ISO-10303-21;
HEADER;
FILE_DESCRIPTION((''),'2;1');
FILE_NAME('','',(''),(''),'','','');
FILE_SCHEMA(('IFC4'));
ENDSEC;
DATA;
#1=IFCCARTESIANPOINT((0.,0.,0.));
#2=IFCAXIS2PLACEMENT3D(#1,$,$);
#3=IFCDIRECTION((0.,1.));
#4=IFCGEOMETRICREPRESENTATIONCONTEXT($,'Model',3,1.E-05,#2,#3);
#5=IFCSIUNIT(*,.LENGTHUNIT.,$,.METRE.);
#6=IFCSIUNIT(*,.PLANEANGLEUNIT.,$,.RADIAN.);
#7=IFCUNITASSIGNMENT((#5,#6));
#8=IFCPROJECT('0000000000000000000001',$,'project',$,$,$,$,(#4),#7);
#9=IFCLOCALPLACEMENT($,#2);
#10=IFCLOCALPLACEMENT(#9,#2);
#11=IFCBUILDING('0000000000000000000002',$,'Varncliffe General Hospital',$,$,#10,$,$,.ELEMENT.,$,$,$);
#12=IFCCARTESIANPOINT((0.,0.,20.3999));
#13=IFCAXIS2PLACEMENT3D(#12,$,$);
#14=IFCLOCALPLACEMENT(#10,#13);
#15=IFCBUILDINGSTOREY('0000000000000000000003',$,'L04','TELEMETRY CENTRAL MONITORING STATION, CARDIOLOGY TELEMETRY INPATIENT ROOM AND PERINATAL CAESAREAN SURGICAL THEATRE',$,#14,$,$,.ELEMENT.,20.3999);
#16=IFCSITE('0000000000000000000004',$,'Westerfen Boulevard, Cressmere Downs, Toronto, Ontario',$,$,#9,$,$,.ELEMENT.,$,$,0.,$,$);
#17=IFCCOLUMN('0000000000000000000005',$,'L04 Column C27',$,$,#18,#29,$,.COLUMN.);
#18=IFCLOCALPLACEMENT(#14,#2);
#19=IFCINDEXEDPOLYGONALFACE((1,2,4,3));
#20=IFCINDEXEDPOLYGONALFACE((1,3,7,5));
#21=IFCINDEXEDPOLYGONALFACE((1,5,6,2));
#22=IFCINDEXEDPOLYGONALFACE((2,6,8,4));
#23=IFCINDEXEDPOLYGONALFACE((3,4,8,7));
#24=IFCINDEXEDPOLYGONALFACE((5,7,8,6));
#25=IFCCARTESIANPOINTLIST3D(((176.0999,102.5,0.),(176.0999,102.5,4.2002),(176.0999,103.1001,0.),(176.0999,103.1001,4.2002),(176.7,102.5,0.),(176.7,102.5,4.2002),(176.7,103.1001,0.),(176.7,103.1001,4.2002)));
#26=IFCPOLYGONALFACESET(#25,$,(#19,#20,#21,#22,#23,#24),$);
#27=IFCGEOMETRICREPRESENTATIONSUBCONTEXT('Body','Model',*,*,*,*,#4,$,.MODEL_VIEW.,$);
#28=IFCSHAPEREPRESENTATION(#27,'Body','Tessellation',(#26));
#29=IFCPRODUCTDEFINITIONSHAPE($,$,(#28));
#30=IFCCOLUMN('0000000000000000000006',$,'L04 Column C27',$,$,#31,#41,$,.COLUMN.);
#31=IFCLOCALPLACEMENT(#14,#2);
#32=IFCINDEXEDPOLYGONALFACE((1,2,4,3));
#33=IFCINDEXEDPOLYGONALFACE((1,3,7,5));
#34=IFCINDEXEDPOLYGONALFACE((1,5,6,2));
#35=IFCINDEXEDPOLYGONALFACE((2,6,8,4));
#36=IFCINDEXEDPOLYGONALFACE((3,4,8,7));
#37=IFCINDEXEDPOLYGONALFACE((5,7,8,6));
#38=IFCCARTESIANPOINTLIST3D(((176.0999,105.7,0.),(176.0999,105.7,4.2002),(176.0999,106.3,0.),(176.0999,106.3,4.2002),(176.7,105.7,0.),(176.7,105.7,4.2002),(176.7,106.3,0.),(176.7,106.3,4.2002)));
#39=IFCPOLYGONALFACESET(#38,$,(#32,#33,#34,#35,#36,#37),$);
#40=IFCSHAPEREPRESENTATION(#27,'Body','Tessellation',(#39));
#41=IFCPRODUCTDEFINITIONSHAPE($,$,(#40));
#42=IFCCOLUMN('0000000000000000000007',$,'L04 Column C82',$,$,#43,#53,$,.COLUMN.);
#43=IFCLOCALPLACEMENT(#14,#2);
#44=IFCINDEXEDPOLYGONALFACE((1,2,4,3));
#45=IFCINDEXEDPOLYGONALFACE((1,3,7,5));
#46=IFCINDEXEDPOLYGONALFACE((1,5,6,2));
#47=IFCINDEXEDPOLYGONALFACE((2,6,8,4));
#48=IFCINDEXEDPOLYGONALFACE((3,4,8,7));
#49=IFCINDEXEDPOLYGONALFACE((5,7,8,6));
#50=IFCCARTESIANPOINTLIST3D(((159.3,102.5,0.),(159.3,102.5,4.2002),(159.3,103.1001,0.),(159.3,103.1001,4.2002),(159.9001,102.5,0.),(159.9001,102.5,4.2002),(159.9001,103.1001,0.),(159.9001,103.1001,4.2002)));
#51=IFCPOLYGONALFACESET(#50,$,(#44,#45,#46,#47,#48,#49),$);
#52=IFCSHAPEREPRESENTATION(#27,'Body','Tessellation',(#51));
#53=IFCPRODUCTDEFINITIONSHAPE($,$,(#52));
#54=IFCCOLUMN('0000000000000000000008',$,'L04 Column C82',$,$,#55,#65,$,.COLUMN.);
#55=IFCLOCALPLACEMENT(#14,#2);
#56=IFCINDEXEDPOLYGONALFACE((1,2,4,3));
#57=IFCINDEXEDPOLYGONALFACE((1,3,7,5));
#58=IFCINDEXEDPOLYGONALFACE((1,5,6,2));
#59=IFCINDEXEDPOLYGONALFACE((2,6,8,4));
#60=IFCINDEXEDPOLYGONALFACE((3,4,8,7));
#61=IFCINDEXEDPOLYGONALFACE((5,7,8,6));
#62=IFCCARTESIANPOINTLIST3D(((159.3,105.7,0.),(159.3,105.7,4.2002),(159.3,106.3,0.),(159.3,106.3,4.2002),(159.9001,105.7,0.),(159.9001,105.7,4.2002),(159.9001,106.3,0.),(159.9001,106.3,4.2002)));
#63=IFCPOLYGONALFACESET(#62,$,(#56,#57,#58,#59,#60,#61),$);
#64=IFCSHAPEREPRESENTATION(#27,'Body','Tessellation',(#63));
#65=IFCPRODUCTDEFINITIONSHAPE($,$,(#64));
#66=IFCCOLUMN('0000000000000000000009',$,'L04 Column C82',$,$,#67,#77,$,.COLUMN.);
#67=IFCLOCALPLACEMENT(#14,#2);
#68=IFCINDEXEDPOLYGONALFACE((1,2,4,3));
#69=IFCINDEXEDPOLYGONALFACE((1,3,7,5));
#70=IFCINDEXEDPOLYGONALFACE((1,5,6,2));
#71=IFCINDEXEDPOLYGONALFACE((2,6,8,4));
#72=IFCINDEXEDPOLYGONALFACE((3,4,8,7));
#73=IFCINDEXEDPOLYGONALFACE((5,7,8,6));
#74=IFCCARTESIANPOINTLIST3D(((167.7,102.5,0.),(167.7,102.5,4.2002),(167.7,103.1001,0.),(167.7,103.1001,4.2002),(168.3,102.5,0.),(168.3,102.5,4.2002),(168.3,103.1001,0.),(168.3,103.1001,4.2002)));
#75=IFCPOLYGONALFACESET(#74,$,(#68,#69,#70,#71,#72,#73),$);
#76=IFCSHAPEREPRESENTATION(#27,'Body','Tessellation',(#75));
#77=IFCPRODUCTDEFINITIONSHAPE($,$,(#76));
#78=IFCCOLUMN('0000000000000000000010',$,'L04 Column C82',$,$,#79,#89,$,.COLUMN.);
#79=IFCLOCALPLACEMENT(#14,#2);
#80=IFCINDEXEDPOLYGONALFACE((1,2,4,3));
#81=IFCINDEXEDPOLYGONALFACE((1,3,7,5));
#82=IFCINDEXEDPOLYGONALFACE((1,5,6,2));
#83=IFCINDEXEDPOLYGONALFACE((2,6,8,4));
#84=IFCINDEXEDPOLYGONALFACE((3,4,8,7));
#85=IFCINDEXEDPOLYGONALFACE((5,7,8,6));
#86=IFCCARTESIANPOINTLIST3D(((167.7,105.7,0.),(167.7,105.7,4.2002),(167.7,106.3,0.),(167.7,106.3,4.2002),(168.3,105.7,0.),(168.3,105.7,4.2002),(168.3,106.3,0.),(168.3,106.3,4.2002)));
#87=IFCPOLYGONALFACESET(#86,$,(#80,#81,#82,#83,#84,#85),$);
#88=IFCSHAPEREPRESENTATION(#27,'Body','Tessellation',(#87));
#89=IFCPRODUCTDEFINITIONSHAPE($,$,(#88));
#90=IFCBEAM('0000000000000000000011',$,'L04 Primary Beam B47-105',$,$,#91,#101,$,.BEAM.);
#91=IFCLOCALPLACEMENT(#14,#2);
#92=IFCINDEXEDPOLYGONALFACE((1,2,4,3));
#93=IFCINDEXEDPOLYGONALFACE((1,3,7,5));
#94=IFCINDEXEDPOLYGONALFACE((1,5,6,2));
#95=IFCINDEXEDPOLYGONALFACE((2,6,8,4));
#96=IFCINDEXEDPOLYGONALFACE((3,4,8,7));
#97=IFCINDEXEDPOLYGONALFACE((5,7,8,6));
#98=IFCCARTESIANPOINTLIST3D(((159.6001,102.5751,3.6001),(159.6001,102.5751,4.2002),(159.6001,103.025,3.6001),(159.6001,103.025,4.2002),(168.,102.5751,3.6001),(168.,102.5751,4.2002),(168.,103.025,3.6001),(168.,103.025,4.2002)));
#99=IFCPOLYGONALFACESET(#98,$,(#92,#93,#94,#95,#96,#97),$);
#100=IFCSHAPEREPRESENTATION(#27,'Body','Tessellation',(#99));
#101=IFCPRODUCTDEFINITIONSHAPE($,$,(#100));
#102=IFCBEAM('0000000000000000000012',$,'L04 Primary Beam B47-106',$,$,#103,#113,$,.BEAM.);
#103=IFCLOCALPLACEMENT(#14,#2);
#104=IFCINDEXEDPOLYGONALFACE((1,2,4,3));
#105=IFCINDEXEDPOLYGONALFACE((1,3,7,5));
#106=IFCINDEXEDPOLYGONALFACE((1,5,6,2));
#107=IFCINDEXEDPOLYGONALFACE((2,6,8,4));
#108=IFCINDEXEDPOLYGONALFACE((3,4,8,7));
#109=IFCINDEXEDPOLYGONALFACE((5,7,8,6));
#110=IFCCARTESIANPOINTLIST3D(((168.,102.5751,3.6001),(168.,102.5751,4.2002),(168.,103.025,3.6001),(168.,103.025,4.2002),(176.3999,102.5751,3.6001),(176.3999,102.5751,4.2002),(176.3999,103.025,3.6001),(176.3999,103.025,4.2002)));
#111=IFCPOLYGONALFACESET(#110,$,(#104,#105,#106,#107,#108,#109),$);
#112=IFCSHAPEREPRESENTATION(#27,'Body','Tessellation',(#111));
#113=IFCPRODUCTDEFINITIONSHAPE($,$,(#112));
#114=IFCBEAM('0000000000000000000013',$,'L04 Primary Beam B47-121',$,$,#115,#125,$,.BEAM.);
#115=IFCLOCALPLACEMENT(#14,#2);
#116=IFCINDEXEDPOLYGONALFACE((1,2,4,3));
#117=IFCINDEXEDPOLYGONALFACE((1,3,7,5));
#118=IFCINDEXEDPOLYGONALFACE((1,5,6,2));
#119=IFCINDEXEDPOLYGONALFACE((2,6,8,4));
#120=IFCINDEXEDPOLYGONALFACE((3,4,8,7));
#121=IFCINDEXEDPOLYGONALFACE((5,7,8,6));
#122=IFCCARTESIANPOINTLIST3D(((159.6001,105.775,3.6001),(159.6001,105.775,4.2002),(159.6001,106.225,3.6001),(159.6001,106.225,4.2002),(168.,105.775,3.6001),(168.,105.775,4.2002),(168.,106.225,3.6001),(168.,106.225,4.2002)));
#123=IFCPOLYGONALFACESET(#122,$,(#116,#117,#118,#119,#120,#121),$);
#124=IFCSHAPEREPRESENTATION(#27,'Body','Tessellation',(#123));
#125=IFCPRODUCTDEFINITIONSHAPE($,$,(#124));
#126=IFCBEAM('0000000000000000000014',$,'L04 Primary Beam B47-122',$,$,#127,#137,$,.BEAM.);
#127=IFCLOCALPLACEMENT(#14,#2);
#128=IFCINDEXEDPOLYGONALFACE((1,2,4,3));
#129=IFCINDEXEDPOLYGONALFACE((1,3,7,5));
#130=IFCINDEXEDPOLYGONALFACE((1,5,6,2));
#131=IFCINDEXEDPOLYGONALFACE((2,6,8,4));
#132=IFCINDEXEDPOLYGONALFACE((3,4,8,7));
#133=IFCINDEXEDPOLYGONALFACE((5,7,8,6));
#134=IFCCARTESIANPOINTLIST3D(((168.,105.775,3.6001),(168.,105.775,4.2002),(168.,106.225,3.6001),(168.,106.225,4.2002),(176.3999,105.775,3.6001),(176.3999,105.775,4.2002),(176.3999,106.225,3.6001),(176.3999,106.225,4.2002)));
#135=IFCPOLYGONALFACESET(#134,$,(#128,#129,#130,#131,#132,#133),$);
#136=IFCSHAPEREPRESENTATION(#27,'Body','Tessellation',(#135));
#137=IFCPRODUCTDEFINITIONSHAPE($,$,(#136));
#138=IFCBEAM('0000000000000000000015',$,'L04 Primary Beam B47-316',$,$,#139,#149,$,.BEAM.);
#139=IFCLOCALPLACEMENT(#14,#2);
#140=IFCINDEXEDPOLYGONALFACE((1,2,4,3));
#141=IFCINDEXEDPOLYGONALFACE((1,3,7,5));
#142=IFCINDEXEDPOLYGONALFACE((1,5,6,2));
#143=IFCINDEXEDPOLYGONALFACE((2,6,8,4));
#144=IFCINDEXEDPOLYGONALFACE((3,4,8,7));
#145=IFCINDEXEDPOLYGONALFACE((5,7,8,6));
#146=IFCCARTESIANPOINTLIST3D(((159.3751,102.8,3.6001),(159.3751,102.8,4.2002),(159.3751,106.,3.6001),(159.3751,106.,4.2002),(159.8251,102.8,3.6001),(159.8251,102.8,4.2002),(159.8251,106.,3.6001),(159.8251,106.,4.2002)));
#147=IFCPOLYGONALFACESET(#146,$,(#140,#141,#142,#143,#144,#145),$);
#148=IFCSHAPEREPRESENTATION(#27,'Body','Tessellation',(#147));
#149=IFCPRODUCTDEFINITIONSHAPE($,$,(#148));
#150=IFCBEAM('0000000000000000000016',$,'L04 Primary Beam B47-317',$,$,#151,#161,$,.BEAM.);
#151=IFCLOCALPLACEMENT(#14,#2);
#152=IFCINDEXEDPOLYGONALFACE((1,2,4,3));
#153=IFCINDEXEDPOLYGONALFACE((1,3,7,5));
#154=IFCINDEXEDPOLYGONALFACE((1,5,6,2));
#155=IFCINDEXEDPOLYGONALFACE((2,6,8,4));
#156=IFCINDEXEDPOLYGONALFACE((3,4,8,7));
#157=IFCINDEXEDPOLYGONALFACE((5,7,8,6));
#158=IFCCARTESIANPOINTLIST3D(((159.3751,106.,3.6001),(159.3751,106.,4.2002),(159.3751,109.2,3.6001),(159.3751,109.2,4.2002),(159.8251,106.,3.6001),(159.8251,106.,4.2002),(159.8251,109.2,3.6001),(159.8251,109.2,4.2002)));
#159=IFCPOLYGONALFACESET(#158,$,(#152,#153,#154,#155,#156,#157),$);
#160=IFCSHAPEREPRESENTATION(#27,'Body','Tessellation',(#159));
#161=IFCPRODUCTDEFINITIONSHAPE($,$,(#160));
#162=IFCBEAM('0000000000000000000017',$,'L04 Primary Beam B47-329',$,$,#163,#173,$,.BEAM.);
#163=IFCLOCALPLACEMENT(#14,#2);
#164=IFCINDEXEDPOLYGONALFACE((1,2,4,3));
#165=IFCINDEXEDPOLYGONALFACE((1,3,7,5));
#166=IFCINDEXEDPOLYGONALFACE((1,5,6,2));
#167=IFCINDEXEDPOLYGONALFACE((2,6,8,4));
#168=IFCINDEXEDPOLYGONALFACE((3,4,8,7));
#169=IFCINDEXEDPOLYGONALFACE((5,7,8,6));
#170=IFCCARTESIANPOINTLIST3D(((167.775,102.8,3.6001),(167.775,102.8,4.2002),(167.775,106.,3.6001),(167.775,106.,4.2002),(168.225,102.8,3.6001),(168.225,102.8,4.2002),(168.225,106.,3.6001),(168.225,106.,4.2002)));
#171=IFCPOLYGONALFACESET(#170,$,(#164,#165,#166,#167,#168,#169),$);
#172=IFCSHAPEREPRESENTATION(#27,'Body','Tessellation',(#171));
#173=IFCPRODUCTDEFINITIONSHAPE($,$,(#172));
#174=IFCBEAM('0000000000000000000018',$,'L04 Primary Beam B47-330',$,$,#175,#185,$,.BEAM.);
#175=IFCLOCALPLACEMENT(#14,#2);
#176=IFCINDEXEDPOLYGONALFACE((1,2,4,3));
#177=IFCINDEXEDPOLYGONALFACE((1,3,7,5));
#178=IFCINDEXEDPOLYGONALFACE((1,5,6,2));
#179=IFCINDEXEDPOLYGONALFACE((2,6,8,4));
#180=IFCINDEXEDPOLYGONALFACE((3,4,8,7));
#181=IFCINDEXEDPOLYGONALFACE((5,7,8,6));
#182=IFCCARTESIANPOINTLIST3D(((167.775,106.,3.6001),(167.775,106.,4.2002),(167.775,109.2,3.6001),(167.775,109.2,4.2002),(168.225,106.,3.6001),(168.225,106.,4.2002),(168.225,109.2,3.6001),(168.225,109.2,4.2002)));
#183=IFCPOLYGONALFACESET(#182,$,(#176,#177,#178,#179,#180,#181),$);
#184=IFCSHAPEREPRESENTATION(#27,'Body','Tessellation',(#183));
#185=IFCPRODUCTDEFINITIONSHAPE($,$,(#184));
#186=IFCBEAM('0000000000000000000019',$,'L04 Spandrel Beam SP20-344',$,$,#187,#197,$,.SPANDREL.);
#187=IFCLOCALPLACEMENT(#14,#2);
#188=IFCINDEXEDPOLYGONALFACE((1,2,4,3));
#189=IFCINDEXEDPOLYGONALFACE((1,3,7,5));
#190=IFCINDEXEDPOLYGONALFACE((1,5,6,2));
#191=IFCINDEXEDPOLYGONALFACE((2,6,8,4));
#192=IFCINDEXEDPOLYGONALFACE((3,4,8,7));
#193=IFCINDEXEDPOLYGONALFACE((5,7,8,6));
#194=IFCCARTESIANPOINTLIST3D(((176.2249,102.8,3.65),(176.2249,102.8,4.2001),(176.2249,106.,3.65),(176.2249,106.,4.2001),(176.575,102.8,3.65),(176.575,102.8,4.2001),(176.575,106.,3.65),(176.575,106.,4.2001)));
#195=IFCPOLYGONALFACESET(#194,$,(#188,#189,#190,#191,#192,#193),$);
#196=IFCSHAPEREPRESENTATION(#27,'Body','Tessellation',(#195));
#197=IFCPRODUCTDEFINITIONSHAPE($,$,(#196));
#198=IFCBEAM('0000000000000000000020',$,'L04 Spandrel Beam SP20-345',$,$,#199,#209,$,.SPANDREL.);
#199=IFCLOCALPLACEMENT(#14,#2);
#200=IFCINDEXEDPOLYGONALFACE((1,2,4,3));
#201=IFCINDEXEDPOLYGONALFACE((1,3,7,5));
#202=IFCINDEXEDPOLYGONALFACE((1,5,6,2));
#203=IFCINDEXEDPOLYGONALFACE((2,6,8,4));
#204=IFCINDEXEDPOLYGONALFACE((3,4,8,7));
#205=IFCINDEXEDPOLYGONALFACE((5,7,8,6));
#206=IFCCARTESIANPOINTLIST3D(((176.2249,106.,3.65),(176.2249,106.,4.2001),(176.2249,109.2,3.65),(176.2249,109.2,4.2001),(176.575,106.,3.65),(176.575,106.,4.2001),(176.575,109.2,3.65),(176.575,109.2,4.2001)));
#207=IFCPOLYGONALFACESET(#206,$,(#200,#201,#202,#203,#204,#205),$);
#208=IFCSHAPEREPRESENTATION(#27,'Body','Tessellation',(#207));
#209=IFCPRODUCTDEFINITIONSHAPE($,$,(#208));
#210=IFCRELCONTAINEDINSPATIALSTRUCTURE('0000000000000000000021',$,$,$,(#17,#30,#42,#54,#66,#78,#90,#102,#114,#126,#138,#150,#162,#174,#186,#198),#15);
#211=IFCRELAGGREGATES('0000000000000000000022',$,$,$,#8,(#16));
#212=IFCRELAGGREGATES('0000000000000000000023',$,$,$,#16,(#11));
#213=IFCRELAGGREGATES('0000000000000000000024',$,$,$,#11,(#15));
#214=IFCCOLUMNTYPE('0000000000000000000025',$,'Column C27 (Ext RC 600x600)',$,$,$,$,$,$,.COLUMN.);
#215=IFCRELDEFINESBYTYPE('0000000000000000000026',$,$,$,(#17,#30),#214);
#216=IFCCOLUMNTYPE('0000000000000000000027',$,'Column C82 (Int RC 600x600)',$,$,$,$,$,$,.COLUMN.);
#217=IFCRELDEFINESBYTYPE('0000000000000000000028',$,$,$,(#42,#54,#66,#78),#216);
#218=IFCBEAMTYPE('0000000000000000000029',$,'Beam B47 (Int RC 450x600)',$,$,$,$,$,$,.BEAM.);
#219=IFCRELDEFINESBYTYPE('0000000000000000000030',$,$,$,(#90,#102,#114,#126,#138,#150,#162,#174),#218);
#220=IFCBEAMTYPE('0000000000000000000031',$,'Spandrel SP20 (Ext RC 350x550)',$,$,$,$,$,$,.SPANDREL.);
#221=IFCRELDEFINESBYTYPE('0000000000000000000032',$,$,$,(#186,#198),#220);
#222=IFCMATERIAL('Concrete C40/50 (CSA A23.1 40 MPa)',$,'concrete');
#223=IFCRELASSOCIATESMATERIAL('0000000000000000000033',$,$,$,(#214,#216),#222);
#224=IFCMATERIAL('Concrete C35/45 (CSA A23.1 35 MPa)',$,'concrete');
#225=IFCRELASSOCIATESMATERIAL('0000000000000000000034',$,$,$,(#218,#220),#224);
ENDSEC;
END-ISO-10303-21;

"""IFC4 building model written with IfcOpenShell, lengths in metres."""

from ifc_helpers import new_model, si_unit, direction, frame, origin, origin_2d, place, context, subcontext, project, spatial, rectangle, extrude, material, material_profile, profile_set, type_object, element, save


model = new_model("IFC4")

# Units and contexts
model_context = context("Model", 3, precision=1e-05, world=origin(), true_north=direction((0.0, 1.0)))
body_context = subcontext(model_context, "Body", "Model", "MODEL_VIEW")
ifc_project = project(units=[si_unit("LENGTHUNIT", "METRE"), si_unit("PLANEANGLEUNIT", "RADIAN")], contexts=[model_context])

# Site, building, storey
site_placement = place(None, origin())
site = spatial("IfcSite", under=ifc_project, at=site_placement, Name="Westerfen Boulevard, Cressmere Downs, Toronto, Ontario", CompositionType="ELEMENT", RefElevation=0.0)
building_placement = place(site_placement, origin())
building = spatial("IfcBuilding", under=site, at=building_placement, Name="Varncliffe General Hospital", CompositionType="ELEMENT")
storey_placement = place(building_placement, frame((0.0, 0.0, 20.3999)))
storey = spatial("IfcBuildingStorey", under=building, at=storey_placement, Name="L04", Description="TELEMETRY CENTRAL MONITORING STATION, CARDIOLOGY TELEMETRY INPATIENT ROOM AND PERINATAL CAESAREAN SURGICAL THEATRE", CompositionType="ELEMENT", Elevation=20.3999)

# Columns
ifc_material_1 = material(Name="Concrete C40/50 (CSA A23.1 40 MPa)", Category="concrete")
ifc_material_profile_1 = material_profile(ifc_material_1, rectangle(XDim=0.6001, YDim=0.6001, at=origin_2d()), Name="RC 600x600")
ifc_profile_set_1 = profile_set([ifc_material_profile_1], Name="Concrete C40/50 (CSA A23.1 40 MPa)")
column_type_1 = type_object("IfcColumnType", Name="Column C27 (Ext RC 600x600)", PredefinedType="COLUMN", material=ifc_profile_set_1)
for number, where, z_axis, x_axis, name in (
    (1, (176.3999, 102.8, 0.0), (0.0, 0.0, 1.0), (1.0, 0.0, 0.0), "L04 Column C27"),
    (2, (176.3999, 106.0, 0.0), (0.0, 0.0, 1.0), (1.0, 0.0, 0.0), "L04 Column C27"),
):
    element("IfcColumn", number, at=place(storey_placement, frame(where, z_axis=z_axis, x_axis=x_axis)), inside=storey, type_object=column_type_1, Name=name, PredefinedType="COLUMN", context=body_context, shape_type="SweptSolid", body=[
        extrude(rectangle(XDim=0.6001, YDim=0.6001, at=origin_2d()), origin(), (0.0, 0.0, 1.0), 4.2002),
    ])
ifc_material_profile_2 = material_profile(ifc_material_1, rectangle(XDim=0.6001, YDim=0.6001, at=origin_2d()), Name="RC 600x600")
ifc_profile_set_2 = profile_set([ifc_material_profile_2], Name="Concrete C40/50 (CSA A23.1 40 MPa)")
column_type_2 = type_object("IfcColumnType", Name="Column C82 (Int RC 600x600)", PredefinedType="COLUMN", material=ifc_profile_set_2)
for number, where, z_axis, x_axis, name in (
    (3, (159.6001, 102.8, 0.0), (0.0, 0.0, 1.0), (1.0, 0.0, 0.0), "L04 Column C82"),
    (4, (159.6001, 106.0, 0.0), (0.0, 0.0, 1.0), (1.0, 0.0, 0.0), "L04 Column C82"),
    (5, (168.0, 102.8, 0.0), (0.0, 0.0, 1.0), (1.0, 0.0, 0.0), "L04 Column C82"),
    (6, (168.0, 106.0, 0.0), (0.0, 0.0, 1.0), (1.0, 0.0, 0.0), "L04 Column C82"),
):
    element("IfcColumn", number, at=place(storey_placement, frame(where, z_axis=z_axis, x_axis=x_axis)), inside=storey, type_object=column_type_2, Name=name, PredefinedType="COLUMN", context=body_context, shape_type="SweptSolid", body=[
        extrude(rectangle(XDim=0.6001, YDim=0.6001, at=origin_2d()), origin(), (0.0, 0.0, 1.0), 4.2002),
    ])

# Beams
ifc_material_2 = material(Name="Concrete C35/45 (CSA A23.1 35 MPa)", Category="concrete")
ifc_material_profile_3 = material_profile(ifc_material_2, rectangle(XDim=0.45, YDim=0.6001, at=origin_2d()), Name="RC 450x600")
ifc_profile_set_3 = profile_set([ifc_material_profile_3], Name="Concrete C35/45 (CSA A23.1 35 MPa)")
beam_type_1 = type_object("IfcBeamType", Name="Beam B47 (Int RC 450x600)", PredefinedType="BEAM", material=ifc_profile_set_3)
for number, where, z_axis, x_axis, name in (
    (7, (159.6001, 102.8, 3.9001), (1.0, 0.0, 0.0), (0.0, 1.0, 0.0), "L04 Primary Beam B47-105"),
    (8, (168.0, 102.8, 3.9001), (1.0, 0.0, 0.0), (0.0, 1.0, 0.0), "L04 Primary Beam B47-106"),
    (9, (159.6001, 106.0, 3.9001), (1.0, 0.0, 0.0), (0.0, 1.0, 0.0), "L04 Primary Beam B47-121"),
    (10, (168.0, 106.0, 3.9001), (1.0, 0.0, 0.0), (0.0, 1.0, 0.0), "L04 Primary Beam B47-122"),
):
    element("IfcBeam", number, at=place(storey_placement, frame(where, z_axis=z_axis, x_axis=x_axis)), inside=storey, type_object=beam_type_1, Name=name, PredefinedType="BEAM", context=body_context, shape_type="SweptSolid", body=[
        extrude(rectangle(XDim=0.45, YDim=0.6001, at=origin_2d()), origin(), (0.0, 0.0, 1.0), 8.3999),
    ])
for number, where, z_axis, x_axis, name in (
    (11, (159.6001, 102.8, 3.9001), (0.0, 1.0, 0.0), (-1.0, 0.0, 0.0), "L04 Primary Beam B47-316"),
    (12, (159.6001, 106.0, 3.9001), (0.0, 1.0, 0.0), (-1.0, 0.0, 0.0), "L04 Primary Beam B47-317"),
    (13, (168.0, 102.8, 3.9001), (0.0, 1.0, 0.0), (-1.0, 0.0, 0.0), "L04 Primary Beam B47-329"),
    (14, (168.0, 106.0, 3.9001), (0.0, 1.0, 0.0), (-1.0, 0.0, 0.0), "L04 Primary Beam B47-330"),
):
    element("IfcBeam", number, at=place(storey_placement, frame(where, z_axis=z_axis, x_axis=x_axis)), inside=storey, type_object=beam_type_1, Name=name, PredefinedType="BEAM", context=body_context, shape_type="SweptSolid", body=[
        extrude(rectangle(XDim=0.45, YDim=0.6001, at=origin_2d()), origin(), (0.0, 0.0, 1.0), 3.2),
    ])
ifc_material_profile_4 = material_profile(ifc_material_2, rectangle(XDim=0.3501, YDim=0.55, at=origin_2d()), Name="RC 350x550")
ifc_profile_set_4 = profile_set([ifc_material_profile_4], Name="Concrete C35/45 (CSA A23.1 35 MPa)")
beam_type_2 = type_object("IfcBeamType", Name="Spandrel SP20 (Ext RC 350x550)", PredefinedType="SPANDREL", material=ifc_profile_set_4)
for number, where, z_axis, x_axis, name in (
    (15, (176.3999, 102.8, 3.925), (0.0, 1.0, 0.0), (-1.0, 0.0, 0.0), "L04 Spandrel Beam SP20-344"),
    (16, (176.3999, 106.0, 3.925), (0.0, 1.0, 0.0), (-1.0, 0.0, 0.0), "L04 Spandrel Beam SP20-345"),
):
    element("IfcBeam", number, at=place(storey_placement, frame(where, z_axis=z_axis, x_axis=x_axis)), inside=storey, type_object=beam_type_2, Name=name, PredefinedType="SPANDREL", context=body_context, shape_type="SweptSolid", body=[
        extrude(rectangle(XDim=0.3501, YDim=0.55, at=origin_2d()), origin(), (0.0, 0.0, 1.0), 3.2),
    ])

save(model, "model.ifc")
